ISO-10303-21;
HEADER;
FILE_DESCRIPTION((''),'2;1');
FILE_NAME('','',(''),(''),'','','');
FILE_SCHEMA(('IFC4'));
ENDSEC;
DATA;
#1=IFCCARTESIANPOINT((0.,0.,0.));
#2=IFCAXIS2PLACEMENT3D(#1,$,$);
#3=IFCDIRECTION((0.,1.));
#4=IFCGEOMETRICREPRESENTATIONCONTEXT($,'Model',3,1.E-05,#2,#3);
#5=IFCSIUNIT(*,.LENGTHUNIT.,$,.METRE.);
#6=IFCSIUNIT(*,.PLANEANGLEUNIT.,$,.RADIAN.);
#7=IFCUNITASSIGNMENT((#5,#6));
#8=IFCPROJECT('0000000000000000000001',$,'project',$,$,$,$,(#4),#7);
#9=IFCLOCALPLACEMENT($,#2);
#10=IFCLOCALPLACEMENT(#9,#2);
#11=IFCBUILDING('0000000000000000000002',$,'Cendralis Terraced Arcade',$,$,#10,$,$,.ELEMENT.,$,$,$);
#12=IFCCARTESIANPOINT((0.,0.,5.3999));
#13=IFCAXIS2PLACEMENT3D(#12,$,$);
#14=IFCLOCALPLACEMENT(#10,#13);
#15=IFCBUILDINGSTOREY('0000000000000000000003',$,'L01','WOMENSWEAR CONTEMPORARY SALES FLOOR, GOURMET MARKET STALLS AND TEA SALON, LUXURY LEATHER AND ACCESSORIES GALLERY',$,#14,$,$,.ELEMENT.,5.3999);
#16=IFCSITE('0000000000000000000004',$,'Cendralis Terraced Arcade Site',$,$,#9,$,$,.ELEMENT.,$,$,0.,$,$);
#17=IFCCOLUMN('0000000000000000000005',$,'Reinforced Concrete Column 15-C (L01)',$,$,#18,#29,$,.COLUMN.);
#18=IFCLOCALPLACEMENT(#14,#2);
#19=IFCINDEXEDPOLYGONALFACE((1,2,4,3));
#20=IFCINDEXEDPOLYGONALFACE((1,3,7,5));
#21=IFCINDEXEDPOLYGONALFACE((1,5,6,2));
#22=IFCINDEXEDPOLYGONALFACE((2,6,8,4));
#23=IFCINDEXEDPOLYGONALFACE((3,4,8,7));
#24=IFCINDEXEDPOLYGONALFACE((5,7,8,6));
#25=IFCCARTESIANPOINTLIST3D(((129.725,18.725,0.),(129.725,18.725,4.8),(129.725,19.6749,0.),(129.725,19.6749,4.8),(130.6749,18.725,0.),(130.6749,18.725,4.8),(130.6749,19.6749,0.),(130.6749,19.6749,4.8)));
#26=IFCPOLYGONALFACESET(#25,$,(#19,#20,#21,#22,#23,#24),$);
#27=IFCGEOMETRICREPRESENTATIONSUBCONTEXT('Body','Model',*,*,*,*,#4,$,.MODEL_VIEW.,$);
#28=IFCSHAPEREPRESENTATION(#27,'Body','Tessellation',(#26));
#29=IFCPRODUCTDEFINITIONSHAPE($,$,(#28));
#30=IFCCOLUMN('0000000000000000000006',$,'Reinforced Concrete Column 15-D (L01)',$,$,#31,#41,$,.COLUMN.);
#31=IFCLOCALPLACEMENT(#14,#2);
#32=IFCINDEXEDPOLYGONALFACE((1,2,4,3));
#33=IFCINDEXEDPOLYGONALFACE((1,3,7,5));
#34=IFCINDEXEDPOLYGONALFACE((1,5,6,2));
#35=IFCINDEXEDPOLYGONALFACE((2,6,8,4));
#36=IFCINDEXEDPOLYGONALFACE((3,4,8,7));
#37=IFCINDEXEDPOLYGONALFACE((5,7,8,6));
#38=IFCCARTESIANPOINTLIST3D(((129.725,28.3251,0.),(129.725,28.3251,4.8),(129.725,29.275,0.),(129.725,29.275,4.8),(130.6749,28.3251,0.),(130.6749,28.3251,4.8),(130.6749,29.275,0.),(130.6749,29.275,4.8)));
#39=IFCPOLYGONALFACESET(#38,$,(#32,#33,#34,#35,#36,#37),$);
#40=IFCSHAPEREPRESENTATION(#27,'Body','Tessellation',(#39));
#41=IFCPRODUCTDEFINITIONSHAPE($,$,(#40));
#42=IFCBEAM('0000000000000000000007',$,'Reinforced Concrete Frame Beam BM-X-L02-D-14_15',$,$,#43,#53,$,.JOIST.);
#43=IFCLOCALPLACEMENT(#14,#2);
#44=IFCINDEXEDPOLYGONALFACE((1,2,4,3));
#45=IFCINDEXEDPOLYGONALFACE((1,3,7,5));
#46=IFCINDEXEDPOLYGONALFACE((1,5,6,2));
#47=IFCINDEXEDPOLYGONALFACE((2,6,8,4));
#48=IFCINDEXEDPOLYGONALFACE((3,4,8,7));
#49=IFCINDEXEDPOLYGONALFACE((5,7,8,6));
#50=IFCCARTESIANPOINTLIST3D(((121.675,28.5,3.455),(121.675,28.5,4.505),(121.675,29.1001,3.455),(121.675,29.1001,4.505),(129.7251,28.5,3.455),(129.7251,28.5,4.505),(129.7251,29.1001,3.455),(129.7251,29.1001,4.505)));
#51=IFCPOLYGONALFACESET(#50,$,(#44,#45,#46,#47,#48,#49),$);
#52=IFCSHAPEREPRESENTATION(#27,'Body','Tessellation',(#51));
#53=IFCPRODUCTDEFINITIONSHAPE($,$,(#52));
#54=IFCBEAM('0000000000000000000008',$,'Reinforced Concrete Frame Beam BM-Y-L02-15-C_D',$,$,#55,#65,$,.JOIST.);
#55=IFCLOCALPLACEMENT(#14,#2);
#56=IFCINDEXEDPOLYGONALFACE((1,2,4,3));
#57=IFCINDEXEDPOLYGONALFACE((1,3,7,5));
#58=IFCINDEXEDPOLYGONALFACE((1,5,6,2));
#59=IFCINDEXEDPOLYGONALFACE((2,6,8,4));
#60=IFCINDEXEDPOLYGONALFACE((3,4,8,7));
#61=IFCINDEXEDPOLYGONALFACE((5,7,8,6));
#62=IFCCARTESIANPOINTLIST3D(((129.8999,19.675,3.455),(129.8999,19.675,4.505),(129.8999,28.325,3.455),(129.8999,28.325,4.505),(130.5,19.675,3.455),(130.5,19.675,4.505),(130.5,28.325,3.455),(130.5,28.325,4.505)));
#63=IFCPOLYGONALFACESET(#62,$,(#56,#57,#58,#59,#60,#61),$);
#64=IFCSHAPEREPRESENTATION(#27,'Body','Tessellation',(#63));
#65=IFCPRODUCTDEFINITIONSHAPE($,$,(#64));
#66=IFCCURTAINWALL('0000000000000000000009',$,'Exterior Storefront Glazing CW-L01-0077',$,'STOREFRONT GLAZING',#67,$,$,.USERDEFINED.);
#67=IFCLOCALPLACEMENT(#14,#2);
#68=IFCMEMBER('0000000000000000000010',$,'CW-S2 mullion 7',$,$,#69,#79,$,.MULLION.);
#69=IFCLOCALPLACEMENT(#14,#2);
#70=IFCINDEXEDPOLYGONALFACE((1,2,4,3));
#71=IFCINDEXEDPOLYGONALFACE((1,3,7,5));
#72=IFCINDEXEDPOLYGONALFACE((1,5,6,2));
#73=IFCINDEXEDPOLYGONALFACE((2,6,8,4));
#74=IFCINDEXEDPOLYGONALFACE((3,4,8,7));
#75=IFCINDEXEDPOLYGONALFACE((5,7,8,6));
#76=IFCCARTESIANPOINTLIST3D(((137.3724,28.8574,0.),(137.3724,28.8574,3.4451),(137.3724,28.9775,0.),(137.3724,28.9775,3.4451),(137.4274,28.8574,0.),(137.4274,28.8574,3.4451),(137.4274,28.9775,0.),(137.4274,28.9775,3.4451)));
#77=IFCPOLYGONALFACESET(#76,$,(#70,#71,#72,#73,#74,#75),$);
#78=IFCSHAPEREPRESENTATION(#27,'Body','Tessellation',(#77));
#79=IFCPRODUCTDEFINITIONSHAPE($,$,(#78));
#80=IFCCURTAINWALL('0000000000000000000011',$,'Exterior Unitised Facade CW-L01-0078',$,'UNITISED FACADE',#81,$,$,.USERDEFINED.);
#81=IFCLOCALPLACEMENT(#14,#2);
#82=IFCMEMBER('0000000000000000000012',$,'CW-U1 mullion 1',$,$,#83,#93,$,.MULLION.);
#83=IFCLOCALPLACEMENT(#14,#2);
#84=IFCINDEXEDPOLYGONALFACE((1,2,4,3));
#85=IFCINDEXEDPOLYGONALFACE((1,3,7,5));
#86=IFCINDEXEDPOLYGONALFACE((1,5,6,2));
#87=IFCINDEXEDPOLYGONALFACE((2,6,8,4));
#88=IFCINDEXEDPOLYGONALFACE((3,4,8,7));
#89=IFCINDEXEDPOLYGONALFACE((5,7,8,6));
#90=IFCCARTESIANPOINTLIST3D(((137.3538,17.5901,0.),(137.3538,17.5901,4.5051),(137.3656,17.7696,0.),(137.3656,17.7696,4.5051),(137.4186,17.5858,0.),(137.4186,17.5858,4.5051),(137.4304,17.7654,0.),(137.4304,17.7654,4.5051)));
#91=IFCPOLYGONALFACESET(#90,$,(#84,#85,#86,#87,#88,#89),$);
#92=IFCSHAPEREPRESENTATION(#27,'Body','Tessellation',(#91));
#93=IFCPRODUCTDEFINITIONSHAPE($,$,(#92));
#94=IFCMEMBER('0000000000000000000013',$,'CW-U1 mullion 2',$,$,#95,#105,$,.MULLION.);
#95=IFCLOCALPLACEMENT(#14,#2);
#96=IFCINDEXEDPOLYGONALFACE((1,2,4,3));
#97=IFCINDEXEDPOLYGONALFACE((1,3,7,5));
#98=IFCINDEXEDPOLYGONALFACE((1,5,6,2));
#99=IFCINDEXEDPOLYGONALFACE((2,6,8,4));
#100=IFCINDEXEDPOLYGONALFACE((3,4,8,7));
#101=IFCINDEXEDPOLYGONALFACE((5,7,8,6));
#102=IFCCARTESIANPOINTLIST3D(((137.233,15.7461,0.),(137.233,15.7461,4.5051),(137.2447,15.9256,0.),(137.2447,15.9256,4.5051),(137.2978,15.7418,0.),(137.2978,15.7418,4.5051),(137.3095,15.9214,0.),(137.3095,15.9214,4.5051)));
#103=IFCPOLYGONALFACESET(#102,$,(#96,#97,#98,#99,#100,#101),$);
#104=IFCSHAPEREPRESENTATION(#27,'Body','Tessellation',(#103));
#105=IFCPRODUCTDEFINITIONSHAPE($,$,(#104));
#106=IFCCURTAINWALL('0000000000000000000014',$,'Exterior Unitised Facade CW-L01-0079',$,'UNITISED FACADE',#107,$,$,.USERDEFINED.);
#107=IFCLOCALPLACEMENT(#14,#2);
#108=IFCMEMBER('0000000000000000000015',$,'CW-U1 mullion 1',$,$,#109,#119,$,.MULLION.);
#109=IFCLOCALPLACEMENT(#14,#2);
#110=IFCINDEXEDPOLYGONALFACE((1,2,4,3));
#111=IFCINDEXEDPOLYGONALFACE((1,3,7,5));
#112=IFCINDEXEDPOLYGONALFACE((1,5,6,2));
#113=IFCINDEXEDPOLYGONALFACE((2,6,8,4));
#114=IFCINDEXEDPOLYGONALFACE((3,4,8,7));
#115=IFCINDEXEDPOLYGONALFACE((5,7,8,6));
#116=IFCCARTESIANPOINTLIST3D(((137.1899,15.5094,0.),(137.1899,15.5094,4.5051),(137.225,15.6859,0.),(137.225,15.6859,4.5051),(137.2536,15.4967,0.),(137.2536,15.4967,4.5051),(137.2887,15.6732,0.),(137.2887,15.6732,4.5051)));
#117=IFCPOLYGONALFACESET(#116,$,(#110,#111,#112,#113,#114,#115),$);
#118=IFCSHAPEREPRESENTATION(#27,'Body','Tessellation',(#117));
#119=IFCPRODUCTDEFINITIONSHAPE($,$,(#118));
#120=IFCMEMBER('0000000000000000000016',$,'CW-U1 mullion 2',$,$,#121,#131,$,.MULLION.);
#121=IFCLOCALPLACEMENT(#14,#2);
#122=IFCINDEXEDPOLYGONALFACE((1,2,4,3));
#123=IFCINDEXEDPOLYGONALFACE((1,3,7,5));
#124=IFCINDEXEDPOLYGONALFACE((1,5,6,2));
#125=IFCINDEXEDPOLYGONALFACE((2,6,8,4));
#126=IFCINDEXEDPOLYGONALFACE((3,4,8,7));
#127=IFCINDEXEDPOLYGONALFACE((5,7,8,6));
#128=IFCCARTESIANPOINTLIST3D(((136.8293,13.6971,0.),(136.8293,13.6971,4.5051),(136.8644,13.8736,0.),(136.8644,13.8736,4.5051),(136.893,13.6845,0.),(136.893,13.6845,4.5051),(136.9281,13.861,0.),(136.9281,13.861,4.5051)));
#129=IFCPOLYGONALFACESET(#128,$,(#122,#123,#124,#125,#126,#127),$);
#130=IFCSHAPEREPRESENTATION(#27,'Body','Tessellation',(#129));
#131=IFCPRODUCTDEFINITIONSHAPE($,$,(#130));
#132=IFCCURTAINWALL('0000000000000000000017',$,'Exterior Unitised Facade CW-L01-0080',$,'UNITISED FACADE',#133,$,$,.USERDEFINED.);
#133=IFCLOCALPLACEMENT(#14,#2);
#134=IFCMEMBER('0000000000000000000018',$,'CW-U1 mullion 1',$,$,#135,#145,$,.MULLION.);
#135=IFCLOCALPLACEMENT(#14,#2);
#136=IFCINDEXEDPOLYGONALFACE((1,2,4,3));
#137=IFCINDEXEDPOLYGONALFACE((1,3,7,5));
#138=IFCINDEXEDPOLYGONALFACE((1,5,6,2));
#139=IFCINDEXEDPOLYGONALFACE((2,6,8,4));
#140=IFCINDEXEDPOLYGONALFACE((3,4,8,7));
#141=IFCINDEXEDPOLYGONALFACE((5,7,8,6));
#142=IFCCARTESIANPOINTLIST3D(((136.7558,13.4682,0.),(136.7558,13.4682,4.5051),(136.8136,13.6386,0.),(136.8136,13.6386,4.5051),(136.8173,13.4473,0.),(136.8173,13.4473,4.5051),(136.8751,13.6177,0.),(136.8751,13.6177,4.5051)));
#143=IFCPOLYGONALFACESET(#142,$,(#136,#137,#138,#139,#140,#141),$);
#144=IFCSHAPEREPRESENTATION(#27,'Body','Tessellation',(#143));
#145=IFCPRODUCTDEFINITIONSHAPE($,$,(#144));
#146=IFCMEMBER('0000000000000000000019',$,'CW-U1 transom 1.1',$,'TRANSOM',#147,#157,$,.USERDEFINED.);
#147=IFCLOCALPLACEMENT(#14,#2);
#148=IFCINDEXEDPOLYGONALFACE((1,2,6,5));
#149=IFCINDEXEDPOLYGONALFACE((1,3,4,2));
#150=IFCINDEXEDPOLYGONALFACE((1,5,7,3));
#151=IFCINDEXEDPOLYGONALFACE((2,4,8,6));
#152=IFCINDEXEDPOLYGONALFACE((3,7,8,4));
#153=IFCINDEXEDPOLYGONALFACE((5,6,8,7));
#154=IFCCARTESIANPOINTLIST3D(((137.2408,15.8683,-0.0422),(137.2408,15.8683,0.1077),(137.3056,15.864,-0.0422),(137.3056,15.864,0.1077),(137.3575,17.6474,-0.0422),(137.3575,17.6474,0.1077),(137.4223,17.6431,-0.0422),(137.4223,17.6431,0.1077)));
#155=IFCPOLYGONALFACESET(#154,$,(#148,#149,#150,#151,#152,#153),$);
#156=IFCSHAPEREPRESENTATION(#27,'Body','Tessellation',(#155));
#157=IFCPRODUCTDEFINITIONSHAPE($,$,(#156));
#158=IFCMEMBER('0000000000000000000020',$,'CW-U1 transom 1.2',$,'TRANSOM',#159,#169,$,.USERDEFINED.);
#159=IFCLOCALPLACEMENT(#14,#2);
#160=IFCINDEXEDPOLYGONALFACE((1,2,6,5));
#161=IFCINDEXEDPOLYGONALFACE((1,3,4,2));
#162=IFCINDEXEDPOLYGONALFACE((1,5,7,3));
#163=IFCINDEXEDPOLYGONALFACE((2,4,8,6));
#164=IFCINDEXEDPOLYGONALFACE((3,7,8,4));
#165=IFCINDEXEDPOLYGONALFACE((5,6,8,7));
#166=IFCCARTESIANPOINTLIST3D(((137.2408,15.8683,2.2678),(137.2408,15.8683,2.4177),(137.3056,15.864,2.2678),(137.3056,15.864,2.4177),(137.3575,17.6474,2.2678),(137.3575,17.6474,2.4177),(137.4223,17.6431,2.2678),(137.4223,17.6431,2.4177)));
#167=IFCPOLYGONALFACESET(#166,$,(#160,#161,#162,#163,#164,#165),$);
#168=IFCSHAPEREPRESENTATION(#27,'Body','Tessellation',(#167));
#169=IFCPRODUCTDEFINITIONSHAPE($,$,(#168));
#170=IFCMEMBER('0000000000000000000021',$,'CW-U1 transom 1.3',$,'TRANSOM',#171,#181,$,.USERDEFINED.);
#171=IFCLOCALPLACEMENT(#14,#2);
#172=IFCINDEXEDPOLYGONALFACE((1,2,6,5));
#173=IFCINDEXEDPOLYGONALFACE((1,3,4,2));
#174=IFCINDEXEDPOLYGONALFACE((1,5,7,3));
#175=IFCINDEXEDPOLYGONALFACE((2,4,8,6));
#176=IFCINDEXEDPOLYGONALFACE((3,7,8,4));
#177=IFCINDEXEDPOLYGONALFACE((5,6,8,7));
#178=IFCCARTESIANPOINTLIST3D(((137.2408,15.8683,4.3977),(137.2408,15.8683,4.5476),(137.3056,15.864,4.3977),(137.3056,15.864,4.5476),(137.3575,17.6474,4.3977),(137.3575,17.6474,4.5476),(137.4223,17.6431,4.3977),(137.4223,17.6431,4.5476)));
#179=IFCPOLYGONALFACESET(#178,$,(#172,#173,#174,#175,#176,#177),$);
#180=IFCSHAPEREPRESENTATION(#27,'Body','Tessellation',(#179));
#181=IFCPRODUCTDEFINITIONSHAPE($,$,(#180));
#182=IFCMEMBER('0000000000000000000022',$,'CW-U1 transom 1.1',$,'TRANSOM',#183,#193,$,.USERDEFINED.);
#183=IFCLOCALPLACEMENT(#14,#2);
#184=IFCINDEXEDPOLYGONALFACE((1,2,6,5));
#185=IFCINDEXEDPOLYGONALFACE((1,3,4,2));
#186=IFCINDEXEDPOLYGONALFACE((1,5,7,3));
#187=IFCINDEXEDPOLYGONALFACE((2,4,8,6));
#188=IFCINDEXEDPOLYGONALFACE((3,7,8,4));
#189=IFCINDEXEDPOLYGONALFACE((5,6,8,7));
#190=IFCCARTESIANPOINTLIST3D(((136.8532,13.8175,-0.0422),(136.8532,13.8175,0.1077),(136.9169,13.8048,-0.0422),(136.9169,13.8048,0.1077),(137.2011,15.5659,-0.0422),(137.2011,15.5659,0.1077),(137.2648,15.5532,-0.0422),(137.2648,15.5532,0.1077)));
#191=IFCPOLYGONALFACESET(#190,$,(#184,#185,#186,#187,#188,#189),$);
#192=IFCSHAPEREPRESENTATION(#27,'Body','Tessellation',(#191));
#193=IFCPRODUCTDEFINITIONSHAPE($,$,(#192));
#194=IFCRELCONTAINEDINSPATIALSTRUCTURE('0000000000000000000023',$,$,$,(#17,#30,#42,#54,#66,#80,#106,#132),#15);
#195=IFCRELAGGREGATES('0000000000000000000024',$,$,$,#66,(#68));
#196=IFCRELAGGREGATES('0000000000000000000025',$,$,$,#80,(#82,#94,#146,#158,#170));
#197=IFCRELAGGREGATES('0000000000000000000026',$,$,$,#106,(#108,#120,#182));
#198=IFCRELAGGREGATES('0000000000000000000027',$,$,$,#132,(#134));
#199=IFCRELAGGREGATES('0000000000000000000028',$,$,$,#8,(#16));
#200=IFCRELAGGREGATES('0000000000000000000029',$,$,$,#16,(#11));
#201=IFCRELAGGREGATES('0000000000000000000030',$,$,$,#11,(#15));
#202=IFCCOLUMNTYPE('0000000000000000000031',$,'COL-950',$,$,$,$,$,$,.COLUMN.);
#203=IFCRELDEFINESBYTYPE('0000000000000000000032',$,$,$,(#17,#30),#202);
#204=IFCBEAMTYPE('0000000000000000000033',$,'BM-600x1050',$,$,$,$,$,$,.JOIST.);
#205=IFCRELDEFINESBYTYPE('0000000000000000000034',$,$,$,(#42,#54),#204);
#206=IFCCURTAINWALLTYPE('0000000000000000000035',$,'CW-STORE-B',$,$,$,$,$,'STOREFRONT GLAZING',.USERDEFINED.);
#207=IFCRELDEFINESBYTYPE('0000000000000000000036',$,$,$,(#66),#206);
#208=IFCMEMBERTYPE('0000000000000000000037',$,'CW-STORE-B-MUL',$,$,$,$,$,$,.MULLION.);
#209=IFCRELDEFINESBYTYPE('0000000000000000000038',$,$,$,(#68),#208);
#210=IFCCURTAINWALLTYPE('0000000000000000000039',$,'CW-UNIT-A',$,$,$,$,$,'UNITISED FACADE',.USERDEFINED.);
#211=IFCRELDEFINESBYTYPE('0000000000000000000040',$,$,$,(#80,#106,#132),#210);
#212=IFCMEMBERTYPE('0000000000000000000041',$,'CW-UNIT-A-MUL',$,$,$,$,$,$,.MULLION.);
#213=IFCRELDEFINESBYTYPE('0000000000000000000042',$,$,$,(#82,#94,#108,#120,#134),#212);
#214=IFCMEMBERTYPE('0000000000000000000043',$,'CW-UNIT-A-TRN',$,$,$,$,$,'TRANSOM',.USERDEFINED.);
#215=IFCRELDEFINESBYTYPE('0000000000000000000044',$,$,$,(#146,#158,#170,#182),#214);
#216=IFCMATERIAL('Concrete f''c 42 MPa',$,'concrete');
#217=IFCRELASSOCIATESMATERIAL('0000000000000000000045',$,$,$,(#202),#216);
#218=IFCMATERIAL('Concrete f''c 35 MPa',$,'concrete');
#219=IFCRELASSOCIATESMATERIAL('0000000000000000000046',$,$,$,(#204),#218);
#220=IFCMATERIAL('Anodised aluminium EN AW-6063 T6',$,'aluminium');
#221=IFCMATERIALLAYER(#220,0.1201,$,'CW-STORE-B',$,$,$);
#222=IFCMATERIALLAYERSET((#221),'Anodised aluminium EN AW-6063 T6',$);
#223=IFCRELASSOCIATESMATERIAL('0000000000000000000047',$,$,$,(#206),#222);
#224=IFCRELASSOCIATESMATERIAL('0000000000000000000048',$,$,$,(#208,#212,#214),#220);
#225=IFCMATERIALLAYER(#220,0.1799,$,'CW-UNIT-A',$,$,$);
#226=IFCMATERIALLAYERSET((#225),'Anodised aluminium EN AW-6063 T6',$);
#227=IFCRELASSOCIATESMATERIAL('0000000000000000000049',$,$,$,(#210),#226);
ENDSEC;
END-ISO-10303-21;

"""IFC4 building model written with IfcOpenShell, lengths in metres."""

from ifc_helpers import new_model, si_unit, direction, frame, origin, origin_2d, place, context, subcontext, project, spatial, rectangle, extrude, material, layer, layer_set, material_profile, profile_set, type_object, element, aggregate, save


model = new_model("IFC4")

# Units and contexts
model_context = context("Model", 3, precision=1e-05, world=origin(), true_north=direction((0.0, 1.0)))
body_context = subcontext(model_context, "Body", "Model", "MODEL_VIEW")
ifc_project = project(units=[si_unit("LENGTHUNIT", "METRE"), si_unit("PLANEANGLEUNIT", "RADIAN")], contexts=[model_context])

# Site, building, storey
site_placement = place(None, origin())
site = spatial("IfcSite", under=ifc_project, at=site_placement, Name="Cendralis Terraced Arcade Site", CompositionType="ELEMENT", RefElevation=0.0)
building_placement = place(site_placement, origin())
building = spatial("IfcBuilding", under=site, at=building_placement, Name="Cendralis Terraced Arcade", CompositionType="ELEMENT")
storey_placement = place(building_placement, frame((0.0, 0.0, 5.3999)))
storey = spatial("IfcBuildingStorey", under=building, at=storey_placement, Name="L01", Description="WOMENSWEAR CONTEMPORARY SALES FLOOR, GOURMET MARKET STALLS AND TEA SALON, LUXURY LEATHER AND ACCESSORIES GALLERY", CompositionType="ELEMENT", Elevation=5.3999)

# Columns
ifc_material_1 = material(Name="Concrete f'c 42 MPa", Category="concrete")
ifc_material_profile_1 = material_profile(ifc_material_1, rectangle(XDim=0.95, YDim=0.95, at=origin_2d()), Name="RC-COL-950x950", Category="LoadBearing")
ifc_profile_set_1 = profile_set([ifc_material_profile_1], Name="Concrete f'c 42 MPa")
column_type = type_object("IfcColumnType", Name="COL-950", PredefinedType="COLUMN", material=ifc_profile_set_1)
for number, where, z_axis, x_axis, name in (
    (1, (130.2, 19.2, 0.0), (0.0, 0.0, 1.0), (1.0, 0.0, 0.0), "Reinforced Concrete Column 15-C (L01)"),
    (2, (130.2, 28.8, 0.0), (0.0, 0.0, 1.0), (1.0, 0.0, 0.0), "Reinforced Concrete Column 15-D (L01)"),
):
    element("IfcColumn", number, at=place(storey_placement, frame(where, z_axis=z_axis, x_axis=x_axis)), inside=storey, type_object=column_type, Name=name, PredefinedType="COLUMN", context=body_context, shape_type="SweptSolid", body=[
        extrude(rectangle(XDim=0.95, YDim=0.95, at=origin_2d()), origin(), (0.0, 0.0, 1.0), 4.8),
    ])

# Beams
ifc_material_2 = material(Name="Concrete f'c 35 MPa", Category="concrete")
ifc_material_profile_2 = material_profile(ifc_material_2, rectangle(XDim=0.6001, YDim=1.05, at=origin_2d()), Name="RC-BM-600x1050", Category="LoadBearing")
ifc_profile_set_2 = profile_set([ifc_material_profile_2], Name="Concrete f'c 35 MPa")
beam_type = type_object("IfcBeamType", Name="BM-600x1050", PredefinedType="JOIST", material=ifc_profile_set_2)
beam_1_placement = place(storey_placement, frame((121.675, 28.8, 3.98), z_axis=(1.0, 0.0, 0.0), x_axis=(0.0, 1.0, 0.0)))
element("IfcBeam", 3, at=beam_1_placement, inside=storey, type_object=beam_type, Name="Reinforced Concrete Frame Beam BM-X-L02-D-14_15", PredefinedType="JOIST", context=body_context, shape_type="SweptSolid", body=[
    extrude(rectangle(XDim=0.6001, YDim=1.05, at=origin_2d()), origin(), (0.0, 0.0, 1.0), 8.05),
])
beam_2_placement = place(storey_placement, frame((130.2, 19.675, 3.98), z_axis=(0.0, 1.0, 0.0), x_axis=(-1.0, 0.0, 0.0)))
element("IfcBeam", 4, at=beam_2_placement, inside=storey, type_object=beam_type, Name="Reinforced Concrete Frame Beam BM-Y-L02-15-C_D", PredefinedType="JOIST", context=body_context, shape_type="SweptSolid", body=[
    extrude(rectangle(XDim=0.6001, YDim=1.05, at=origin_2d()), origin(), (0.0, 0.0, 1.0), 8.6499),
])

# Curtain wall, member
ifc_material_3 = material(Name="Anodised aluminium EN AW-6063 T6", Category="aluminium")
ifc_layer_1 = layer(ifc_material_3, 0.1201, Name="CW-STORE-B")
ifc_layer_set_1 = layer_set([ifc_layer_1], Name="Anodised aluminium EN AW-6063 T6")
curtain_wall_type_1 = type_object("IfcCurtainWallType", Name="CW-STORE-B", ElementType="STOREFRONT GLAZING", PredefinedType="USERDEFINED", material=ifc_layer_set_1)
curtain_wall_1_placement = place(storey_placement, origin())
curtain_wall_1 = element("IfcCurtainWall", 5, at=curtain_wall_1_placement, inside=storey, type_object=curtain_wall_type_1, Name="Exterior Storefront Glazing CW-L01-0077", ObjectType="STOREFRONT GLAZING", PredefinedType="USERDEFINED")
ifc_material_profile_3 = material_profile(ifc_material_3, rectangle(XDim=0.0549, YDim=0.1201, at=origin_2d()), Name="ALU-MUL-55x120")
ifc_profile_set_3 = profile_set([ifc_material_profile_3], Name="Anodised aluminium EN AW-6063 T6")
member_type_1 = type_object("IfcMemberType", Name="CW-STORE-B-MUL", PredefinedType="MULLION", material=ifc_profile_set_3)
member_1_placement = place(storey_placement, frame((137.3999, 28.9175, 0.0), z_axis=(0.0, 0.0, 1.0), x_axis=(1.0, 0.0, 0.0)))
member_1 = element("IfcMember", 6, at=member_1_placement, type_object=member_type_1, Name="CW-S2 mullion 7", PredefinedType="MULLION", context=body_context, shape_type="SweptSolid", body=[
    extrude(rectangle(XDim=0.0549, YDim=0.1201, at=origin_2d()), origin(), (0.0, 0.0, 1.0), 3.4451),
])
aggregate(curtain_wall_1, [member_1])

# Curtain walls, members
ifc_layer_2 = layer(ifc_material_3, 0.1799, Name="CW-UNIT-A")
ifc_layer_set_2 = layer_set([ifc_layer_2], Name="Anodised aluminium EN AW-6063 T6")
curtain_wall_type_2 = type_object("IfcCurtainWallType", Name="CW-UNIT-A", ElementType="UNITISED FACADE", PredefinedType="USERDEFINED", material=ifc_layer_set_2)
curtain_wall_2_placement = place(storey_placement, origin())
curtain_wall_2 = element("IfcCurtainWall", 7, at=curtain_wall_2_placement, inside=storey, type_object=curtain_wall_type_2, Name="Exterior Unitised Facade CW-L01-0078", ObjectType="UNITISED FACADE", PredefinedType="USERDEFINED")
ifc_material_profile_4 = material_profile(ifc_material_3, rectangle(XDim=0.0649, YDim=0.1799, at=origin_2d()), Name="ALU-MUL-65x180")
ifc_profile_set_4 = profile_set([ifc_material_profile_4], Name="Anodised aluminium EN AW-6063 T6")
member_type_2 = type_object("IfcMemberType", Name="CW-UNIT-A-MUL", PredefinedType="MULLION", material=ifc_profile_set_4)
member_2_placement = place(storey_placement, frame((137.3921, 17.6777, 0.0), z_axis=(0.0, 0.0, 1.0), x_axis=(0.997859, -0.065398, 0.0)))
member_2 = element("IfcMember", 8, at=member_2_placement, type_object=member_type_2, Name="CW-U1 mullion 1", PredefinedType="MULLION", context=body_context, shape_type="SweptSolid", body=[
    extrude(rectangle(XDim=0.0649, YDim=0.1799, at=origin_2d()), origin(), (0.0, 0.0, 1.0), 4.5051),
])
member_3_placement = place(storey_placement, frame((137.2712, 15.8337, 0.0), z_axis=(0.0, 0.0, 1.0), x_axis=(0.997859, -0.065398, 0.0)))
member_3 = element("IfcMember", 9, at=member_3_placement, type_object=member_type_2, Name="CW-U1 mullion 2", PredefinedType="MULLION", context=body_context, shape_type="SweptSolid", body=[
    extrude(rectangle(XDim=0.0649, YDim=0.1799, at=origin_2d()), origin(), (0.0, 0.0, 1.0), 4.5051),
])
curtain_wall_3_placement = place(storey_placement, origin())
curtain_wall_3 = element("IfcCurtainWall", 10, at=curtain_wall_3_placement, inside=storey, type_object=curtain_wall_type_2, Name="Exterior Unitised Facade CW-L01-0079", ObjectType="UNITISED FACADE", PredefinedType="USERDEFINED")
member_4_placement = place(storey_placement, frame((137.2393, 15.5913, 0.0), z_axis=(0.0, 0.0, 1.0), x_axis=(0.980793, -0.19505, 0.0)))
member_4 = element("IfcMember", 11, at=member_4_placement, type_object=member_type_2, Name="CW-U1 mullion 1", PredefinedType="MULLION", context=body_context, shape_type="SweptSolid", body=[
    extrude(rectangle(XDim=0.0649, YDim=0.1799, at=origin_2d()), origin(), (0.0, 0.0, 1.0), 4.5051),
])
member_5_placement = place(storey_placement, frame((136.8787, 13.7791, 0.0), z_axis=(0.0, 0.0, 1.0), x_axis=(0.980793, -0.19505, 0.0)))
member_5 = element("IfcMember", 12, at=member_5_placement, type_object=member_type_2, Name="CW-U1 mullion 2", PredefinedType="MULLION", context=body_context, shape_type="SweptSolid", body=[
    extrude(rectangle(XDim=0.0649, YDim=0.1799, at=origin_2d()), origin(), (0.0, 0.0, 1.0), 4.5051),
])

# Curtain wall, member
curtain_wall_4_placement = place(storey_placement, origin())
curtain_wall_4 = element("IfcCurtainWall", 13, at=curtain_wall_4_placement, inside=storey, type_object=curtain_wall_type_2, Name="Exterior Unitised Facade CW-L01-0080", ObjectType="UNITISED FACADE", PredefinedType="USERDEFINED")
member_6_placement = place(storey_placement, frame((136.8154, 13.543, 0.0), z_axis=(0.0, 0.0, 1.0), x_axis=(0.946928, -0.321445, 0.0)))
member_6 = element("IfcMember", 14, at=member_6_placement, type_object=member_type_2, Name="CW-U1 mullion 1", PredefinedType="MULLION", context=body_context, shape_type="SweptSolid", body=[
    extrude(rectangle(XDim=0.0649, YDim=0.1799, at=origin_2d()), origin(), (0.0, 0.0, 1.0), 4.5051),
])

# Members
ifc_material_profile_5 = material_profile(ifc_material_3, rectangle(XDim=0.0649, YDim=0.1499, at=origin_2d()), Name="ALU-TRN-65x150")
ifc_profile_set_5 = profile_set([ifc_material_profile_5], Name="Anodised aluminium EN AW-6063 T6")
member_type_3 = type_object("IfcMemberType", Name="CW-UNIT-A-TRN", ElementType="TRANSOM", PredefinedType="USERDEFINED", material=ifc_profile_set_5)
member_7_placement = place(storey_placement, frame((137.3899, 17.6453, 0.0327), z_axis=(-0.065456, -0.997855, 0.0), x_axis=(0.997855, -0.065456, 0.0)))
member_7 = element("IfcMember", 15, at=member_7_placement, type_object=member_type_3, Name="CW-U1 transom 1.1", ObjectType="TRANSOM", PredefinedType="USERDEFINED", context=body_context, shape_type="SweptSolid", body=[
    extrude(rectangle(XDim=0.0649, YDim=0.1499, at=origin_2d()), origin(), (0.0, 0.0, 1.0), 1.783),
])
member_8_placement = place(storey_placement, frame((137.3899, 17.6453, 2.3428), z_axis=(-0.065456, -0.997855, 0.0), x_axis=(0.997855, -0.065456, 0.0)))
member_8 = element("IfcMember", 16, at=member_8_placement, type_object=member_type_3, Name="CW-U1 transom 1.2", ObjectType="TRANSOM", PredefinedType="USERDEFINED", context=body_context, shape_type="SweptSolid", body=[
    extrude(rectangle(XDim=0.0649, YDim=0.1499, at=origin_2d()), origin(), (0.0, 0.0, 1.0), 1.783),
])
member_9_placement = place(storey_placement, frame((137.3899, 17.6453, 4.4727), z_axis=(-0.065456, -0.997855, 0.0), x_axis=(0.997855, -0.065456, 0.0)))
member_9 = element("IfcMember", 17, at=member_9_placement, type_object=member_type_3, Name="CW-U1 transom 1.3", ObjectType="TRANSOM", PredefinedType="USERDEFINED", context=body_context, shape_type="SweptSolid", body=[
    extrude(rectangle(XDim=0.0649, YDim=0.1499, at=origin_2d()), origin(), (0.0, 0.0, 1.0), 1.783),
])
member_10_placement = place(storey_placement, frame((137.2329, 15.5596, 0.0327), z_axis=(-0.195142, -0.980775, 0.0), x_axis=(0.980775, -0.195142, 0.0)))
member_10 = element("IfcMember", 18, at=member_10_placement, type_object=member_type_3, Name="CW-U1 transom 1.1", ObjectType="TRANSOM", PredefinedType="USERDEFINED", context=body_context, shape_type="SweptSolid", body=[
    extrude(rectangle(XDim=0.0649, YDim=0.1499, at=origin_2d()), origin(), (0.0, 0.0, 1.0), 1.7827),
])

aggregate(curtain_wall_2, [member_2, member_3, member_7, member_8, member_9])
aggregate(curtain_wall_3, [member_4, member_5, member_10])
aggregate(curtain_wall_4, [member_6])

save(model, "model.ifc")
